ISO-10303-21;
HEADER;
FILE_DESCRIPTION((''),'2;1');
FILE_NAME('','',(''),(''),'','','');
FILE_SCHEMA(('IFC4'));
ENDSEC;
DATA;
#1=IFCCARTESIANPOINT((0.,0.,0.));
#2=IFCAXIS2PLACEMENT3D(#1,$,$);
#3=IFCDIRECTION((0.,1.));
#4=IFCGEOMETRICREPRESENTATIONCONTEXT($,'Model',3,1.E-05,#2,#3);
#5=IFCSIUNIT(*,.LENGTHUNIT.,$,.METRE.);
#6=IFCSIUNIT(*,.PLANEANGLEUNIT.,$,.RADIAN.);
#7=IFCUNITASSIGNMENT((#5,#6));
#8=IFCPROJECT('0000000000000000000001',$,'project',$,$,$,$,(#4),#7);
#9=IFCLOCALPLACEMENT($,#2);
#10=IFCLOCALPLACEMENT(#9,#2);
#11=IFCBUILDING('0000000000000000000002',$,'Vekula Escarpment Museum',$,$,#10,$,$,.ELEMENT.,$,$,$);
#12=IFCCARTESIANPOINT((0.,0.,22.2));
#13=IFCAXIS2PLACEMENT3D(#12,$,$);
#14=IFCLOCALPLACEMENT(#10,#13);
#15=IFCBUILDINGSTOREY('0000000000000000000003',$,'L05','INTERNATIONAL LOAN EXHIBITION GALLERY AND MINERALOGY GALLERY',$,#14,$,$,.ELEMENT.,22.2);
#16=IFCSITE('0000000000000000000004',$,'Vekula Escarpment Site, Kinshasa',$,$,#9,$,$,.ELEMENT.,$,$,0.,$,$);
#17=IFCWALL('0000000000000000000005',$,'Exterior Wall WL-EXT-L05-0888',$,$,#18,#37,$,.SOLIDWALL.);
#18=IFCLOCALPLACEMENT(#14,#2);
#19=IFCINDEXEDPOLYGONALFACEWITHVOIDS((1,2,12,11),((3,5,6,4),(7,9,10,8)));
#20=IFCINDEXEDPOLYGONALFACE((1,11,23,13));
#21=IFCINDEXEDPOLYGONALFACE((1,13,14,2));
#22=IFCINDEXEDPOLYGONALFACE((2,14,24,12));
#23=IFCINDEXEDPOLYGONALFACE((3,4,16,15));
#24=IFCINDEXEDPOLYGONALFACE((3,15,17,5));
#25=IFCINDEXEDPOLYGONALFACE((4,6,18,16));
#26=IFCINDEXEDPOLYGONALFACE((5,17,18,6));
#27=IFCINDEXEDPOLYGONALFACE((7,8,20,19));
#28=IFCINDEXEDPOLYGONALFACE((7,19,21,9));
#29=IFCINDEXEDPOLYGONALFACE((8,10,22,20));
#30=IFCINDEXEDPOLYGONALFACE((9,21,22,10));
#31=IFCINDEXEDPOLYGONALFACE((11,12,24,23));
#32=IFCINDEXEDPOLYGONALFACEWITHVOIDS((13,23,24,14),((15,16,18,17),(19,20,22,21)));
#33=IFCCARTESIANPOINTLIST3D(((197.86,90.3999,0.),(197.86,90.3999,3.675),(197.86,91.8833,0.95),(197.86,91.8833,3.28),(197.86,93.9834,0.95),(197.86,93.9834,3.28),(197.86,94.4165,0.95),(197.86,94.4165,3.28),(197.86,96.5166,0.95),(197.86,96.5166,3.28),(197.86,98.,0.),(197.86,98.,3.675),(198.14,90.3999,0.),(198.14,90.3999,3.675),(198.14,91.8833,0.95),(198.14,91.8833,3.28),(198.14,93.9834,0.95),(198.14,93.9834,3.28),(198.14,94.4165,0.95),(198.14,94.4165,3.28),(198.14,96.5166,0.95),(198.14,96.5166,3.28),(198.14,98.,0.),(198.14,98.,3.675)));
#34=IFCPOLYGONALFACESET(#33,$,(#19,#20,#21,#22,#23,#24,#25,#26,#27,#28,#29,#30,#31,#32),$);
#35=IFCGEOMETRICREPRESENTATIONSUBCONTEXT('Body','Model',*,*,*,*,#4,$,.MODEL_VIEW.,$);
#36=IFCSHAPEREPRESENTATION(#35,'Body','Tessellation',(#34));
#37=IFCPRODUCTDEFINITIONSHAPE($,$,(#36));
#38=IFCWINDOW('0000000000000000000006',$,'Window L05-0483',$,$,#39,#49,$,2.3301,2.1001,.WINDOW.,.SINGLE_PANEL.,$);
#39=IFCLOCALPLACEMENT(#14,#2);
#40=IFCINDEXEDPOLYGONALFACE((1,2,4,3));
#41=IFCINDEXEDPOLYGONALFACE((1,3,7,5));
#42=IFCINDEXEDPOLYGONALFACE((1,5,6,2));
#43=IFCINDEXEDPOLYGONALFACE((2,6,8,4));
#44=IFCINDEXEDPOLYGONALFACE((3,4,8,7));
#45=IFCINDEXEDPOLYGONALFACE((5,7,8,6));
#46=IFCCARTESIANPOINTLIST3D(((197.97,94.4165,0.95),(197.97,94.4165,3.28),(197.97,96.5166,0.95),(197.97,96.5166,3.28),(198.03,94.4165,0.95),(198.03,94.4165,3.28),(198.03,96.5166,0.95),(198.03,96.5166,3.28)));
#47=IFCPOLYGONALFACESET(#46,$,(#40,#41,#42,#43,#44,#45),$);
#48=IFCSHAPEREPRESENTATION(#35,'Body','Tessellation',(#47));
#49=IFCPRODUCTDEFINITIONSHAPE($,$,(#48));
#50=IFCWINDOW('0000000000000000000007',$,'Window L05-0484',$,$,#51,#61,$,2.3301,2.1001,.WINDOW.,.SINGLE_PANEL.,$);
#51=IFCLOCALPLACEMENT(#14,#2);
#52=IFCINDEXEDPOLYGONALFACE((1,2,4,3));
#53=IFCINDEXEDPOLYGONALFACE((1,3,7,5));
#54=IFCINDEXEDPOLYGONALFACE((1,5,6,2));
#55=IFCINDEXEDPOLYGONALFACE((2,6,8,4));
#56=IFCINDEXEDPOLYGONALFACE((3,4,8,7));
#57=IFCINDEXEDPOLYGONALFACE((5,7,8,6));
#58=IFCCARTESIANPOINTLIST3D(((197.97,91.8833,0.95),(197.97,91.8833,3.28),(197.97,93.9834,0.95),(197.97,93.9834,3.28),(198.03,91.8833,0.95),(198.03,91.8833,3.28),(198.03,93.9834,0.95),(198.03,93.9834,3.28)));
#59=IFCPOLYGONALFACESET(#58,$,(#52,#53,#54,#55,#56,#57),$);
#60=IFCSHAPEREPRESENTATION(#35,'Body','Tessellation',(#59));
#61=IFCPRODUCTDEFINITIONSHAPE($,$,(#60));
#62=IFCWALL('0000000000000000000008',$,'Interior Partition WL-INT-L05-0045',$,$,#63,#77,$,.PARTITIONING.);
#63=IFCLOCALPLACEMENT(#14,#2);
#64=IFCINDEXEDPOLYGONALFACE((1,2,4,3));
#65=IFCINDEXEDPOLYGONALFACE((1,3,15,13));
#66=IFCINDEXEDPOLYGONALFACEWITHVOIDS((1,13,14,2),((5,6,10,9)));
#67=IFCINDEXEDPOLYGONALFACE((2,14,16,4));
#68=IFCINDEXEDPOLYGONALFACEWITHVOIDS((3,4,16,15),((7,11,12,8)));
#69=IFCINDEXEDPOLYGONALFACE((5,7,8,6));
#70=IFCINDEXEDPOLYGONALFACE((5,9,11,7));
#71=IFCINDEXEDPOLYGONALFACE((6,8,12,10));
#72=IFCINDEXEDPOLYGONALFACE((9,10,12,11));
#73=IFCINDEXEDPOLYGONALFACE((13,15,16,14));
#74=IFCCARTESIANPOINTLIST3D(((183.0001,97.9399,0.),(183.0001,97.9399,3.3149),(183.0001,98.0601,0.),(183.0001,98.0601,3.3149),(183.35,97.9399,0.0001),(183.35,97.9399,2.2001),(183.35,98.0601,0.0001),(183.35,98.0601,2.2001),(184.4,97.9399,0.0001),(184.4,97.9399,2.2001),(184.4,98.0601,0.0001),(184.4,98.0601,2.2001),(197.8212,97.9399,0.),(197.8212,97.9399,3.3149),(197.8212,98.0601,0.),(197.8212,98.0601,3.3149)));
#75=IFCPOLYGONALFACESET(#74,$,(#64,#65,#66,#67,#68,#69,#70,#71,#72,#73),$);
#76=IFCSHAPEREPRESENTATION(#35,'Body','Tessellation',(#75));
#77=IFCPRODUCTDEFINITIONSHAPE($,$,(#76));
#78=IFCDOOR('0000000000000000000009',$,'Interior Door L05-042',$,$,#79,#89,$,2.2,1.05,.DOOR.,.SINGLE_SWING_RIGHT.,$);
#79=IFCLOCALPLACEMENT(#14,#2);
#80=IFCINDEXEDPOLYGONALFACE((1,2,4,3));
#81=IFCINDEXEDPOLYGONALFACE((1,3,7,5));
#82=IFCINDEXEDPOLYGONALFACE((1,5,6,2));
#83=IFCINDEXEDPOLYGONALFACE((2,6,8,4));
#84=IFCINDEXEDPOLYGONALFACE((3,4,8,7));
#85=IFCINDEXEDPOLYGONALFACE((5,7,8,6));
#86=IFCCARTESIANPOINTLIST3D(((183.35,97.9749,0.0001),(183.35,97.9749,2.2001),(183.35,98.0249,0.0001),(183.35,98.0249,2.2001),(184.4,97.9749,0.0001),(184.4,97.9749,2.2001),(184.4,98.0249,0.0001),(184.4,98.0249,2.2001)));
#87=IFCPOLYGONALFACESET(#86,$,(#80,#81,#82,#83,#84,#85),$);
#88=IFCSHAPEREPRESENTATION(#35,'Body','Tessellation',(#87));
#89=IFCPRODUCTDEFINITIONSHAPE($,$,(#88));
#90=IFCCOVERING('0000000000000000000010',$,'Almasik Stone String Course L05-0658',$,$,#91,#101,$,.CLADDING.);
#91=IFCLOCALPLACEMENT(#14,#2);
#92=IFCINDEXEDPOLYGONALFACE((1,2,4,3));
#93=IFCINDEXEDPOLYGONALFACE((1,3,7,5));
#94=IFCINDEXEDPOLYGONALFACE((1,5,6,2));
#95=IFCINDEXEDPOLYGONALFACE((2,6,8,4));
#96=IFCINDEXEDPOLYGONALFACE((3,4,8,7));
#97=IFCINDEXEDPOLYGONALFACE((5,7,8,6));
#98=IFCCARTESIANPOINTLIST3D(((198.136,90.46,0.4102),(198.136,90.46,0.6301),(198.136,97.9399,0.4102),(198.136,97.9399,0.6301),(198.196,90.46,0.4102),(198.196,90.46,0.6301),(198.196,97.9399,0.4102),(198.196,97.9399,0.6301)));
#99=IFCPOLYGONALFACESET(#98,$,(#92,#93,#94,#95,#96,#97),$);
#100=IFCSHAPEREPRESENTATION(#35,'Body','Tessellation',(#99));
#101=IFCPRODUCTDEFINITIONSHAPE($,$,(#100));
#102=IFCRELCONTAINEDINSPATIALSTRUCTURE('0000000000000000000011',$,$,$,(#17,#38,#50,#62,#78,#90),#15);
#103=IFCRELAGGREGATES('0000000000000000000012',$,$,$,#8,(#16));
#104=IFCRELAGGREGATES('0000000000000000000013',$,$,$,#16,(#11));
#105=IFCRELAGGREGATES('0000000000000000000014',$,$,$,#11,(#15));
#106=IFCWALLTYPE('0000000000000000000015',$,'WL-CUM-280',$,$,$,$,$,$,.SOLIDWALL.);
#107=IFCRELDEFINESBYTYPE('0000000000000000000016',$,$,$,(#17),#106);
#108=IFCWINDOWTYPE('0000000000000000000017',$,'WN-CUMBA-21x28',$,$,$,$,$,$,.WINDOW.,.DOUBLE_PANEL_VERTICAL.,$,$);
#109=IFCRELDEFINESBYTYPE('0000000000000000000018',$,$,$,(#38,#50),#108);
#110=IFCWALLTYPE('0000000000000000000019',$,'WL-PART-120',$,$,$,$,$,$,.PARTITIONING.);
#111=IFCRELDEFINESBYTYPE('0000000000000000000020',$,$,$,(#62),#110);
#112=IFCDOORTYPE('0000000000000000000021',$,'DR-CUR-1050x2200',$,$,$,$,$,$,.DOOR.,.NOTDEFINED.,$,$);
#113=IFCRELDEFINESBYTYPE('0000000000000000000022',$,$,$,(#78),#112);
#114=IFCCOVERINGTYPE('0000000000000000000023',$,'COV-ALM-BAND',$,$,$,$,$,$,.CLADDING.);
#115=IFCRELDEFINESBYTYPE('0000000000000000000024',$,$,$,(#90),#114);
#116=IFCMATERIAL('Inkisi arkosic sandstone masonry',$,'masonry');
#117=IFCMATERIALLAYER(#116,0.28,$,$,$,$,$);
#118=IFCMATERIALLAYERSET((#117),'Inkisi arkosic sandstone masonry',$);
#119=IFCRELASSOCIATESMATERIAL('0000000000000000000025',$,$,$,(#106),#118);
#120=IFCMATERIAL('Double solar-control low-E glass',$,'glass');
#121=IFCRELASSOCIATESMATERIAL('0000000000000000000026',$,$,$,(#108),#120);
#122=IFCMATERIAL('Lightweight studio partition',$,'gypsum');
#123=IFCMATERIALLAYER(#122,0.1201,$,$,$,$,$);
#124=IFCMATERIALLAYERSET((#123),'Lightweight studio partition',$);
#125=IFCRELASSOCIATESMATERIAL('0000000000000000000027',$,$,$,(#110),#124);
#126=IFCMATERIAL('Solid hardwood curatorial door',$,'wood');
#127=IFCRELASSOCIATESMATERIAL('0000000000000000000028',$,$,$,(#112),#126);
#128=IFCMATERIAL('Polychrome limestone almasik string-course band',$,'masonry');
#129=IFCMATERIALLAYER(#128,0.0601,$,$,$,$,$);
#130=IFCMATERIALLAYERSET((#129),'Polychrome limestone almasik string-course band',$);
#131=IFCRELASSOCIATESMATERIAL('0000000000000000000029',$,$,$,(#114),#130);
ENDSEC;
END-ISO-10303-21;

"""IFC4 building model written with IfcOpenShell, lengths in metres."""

from ifc_helpers import new_model, si_unit, direction, frame, frame_2d, origin, origin_2d, place, context, subcontext, project, spatial, rectangle, extrude, material, layer, layer_set, type_object, element, fill, save


model = new_model("IFC4")

# Units and contexts
model_context = context("Model", 3, precision=1e-05, world=origin(), true_north=direction((0.0, 1.0)))
body_context = subcontext(model_context, "Body", "Model", "MODEL_VIEW")
ifc_project = project(units=[si_unit("LENGTHUNIT", "METRE"), si_unit("PLANEANGLEUNIT", "RADIAN")], contexts=[model_context])

# Site, building, storey
site_placement = place(None, origin())
site = spatial("IfcSite", under=ifc_project, at=site_placement, Name="Vekula Escarpment Site, Kinshasa", CompositionType="ELEMENT", RefElevation=0.0)
building_placement = place(site_placement, origin())
building = spatial("IfcBuilding", under=site, at=building_placement, Name="Vekula Escarpment Museum", CompositionType="ELEMENT")
storey_placement = place(building_placement, frame((0.0, 0.0, 22.2)))
storey = spatial("IfcBuildingStorey", under=building, at=storey_placement, Name="L05", Description="INTERNATIONAL LOAN EXHIBITION GALLERY AND MINERALOGY GALLERY", CompositionType="ELEMENT", Elevation=22.2)

# Wall, openings, windows
ifc_material_1 = material(Name="Inkisi arkosic sandstone masonry", Category="masonry")
ifc_layer_1 = layer(ifc_material_1, 0.28)
ifc_layer_set_1 = layer_set([ifc_layer_1], Name="Inkisi arkosic sandstone masonry")
wall_type_1 = type_object("IfcWallType", Name="WL-CUM-280", PredefinedType="SOLIDWALL", material=ifc_layer_set_1)
wall_1_placement = place(storey_placement, frame((198.0, 98.0, 0.0), z_axis=(0.0, 0.0, 1.0), x_axis=(0.0, -1.0, 0.0)))
wall_1 = element("IfcWall", 1, at=wall_1_placement, inside=storey, type_object=wall_type_1, Name="Exterior Wall WL-EXT-L05-0888", PredefinedType="SOLIDWALL", context=body_context, shape_type="SweptSolid", body=[
    extrude(rectangle(XDim=7.6001, YDim=0.28, at=frame_2d((3.8, 0.0))), origin(), (0.0, 0.0, 1.0), 3.675),
])
opening_1_placement = place(wall_1_placement, frame((1.4834, 0.0, 0.95)))
opening_1 = element("IfcOpeningElement", 2, at=opening_1_placement, cuts=wall_1, PredefinedType="OPENING", context=body_context, shape_type="SweptSolid", body=[
    extrude(rectangle(XDim=2.1001, YDim=2.3301, at=frame_2d((1.05, 1.165))), frame((0.0, 0.1499, 0.0), z_axis=(0.0, -1.0, 0.0), x_axis=(1.0, 0.0, 0.0)), (0.0, 0.0, 1.0), 0.3),
])
opening_2_placement = place(wall_1_placement, frame((4.0166, 0.0, 0.95)))
opening_2 = element("IfcOpeningElement", 3, at=opening_2_placement, cuts=wall_1, PredefinedType="OPENING", context=body_context, shape_type="SweptSolid", body=[
    extrude(rectangle(XDim=2.1001, YDim=2.3301, at=frame_2d((1.05, 1.165))), frame((0.0, 0.1499, 0.0), z_axis=(0.0, -1.0, 0.0), x_axis=(1.0, 0.0, 0.0)), (0.0, 0.0, 1.0), 0.3),
])
ifc_material_2 = material(Name="Double solar-control low-E glass", Category="glass")
window_type_1 = type_object("IfcWindowType", Name="WN-CUMBA-21x28", PartitioningType="DOUBLE_PANEL_VERTICAL", PredefinedType="WINDOW", material=ifc_material_2)
window_1_placement = place(opening_1_placement, origin())
window_1 = element("IfcWindow", 4, at=window_1_placement, inside=storey, type_object=window_type_1, Name="Window L05-0483", OverallHeight=2.3301, OverallWidth=2.1001, PartitioningType="SINGLE_PANEL", PredefinedType="WINDOW", context=body_context, shape_type="SweptSolid", body=[
    extrude(rectangle(XDim=2.1001, YDim=2.3301, at=frame_2d((1.05, 1.165))), frame((0.0, 0.03, 0.0), z_axis=(0.0, -1.0, 0.0), x_axis=(1.0, 0.0, 0.0)), (0.0, 0.0, 1.0), 0.0601),
])
fill(opening_1, window_1)
window_2_placement = place(opening_2_placement, origin())
window_2 = element("IfcWindow", 5, at=window_2_placement, inside=storey, type_object=window_type_1, Name="Window L05-0484", OverallHeight=2.3301, OverallWidth=2.1001, PartitioningType="SINGLE_PANEL", PredefinedType="WINDOW", context=body_context, shape_type="SweptSolid", body=[
    extrude(rectangle(XDim=2.1001, YDim=2.3301, at=frame_2d((1.05, 1.165))), frame((0.0, 0.03, 0.0), z_axis=(0.0, -1.0, 0.0), x_axis=(1.0, 0.0, 0.0)), (0.0, 0.0, 1.0), 0.0601),
])
fill(opening_2, window_2)

# Wall, opening, door
ifc_material_3 = material(Name="Lightweight studio partition", Category="gypsum")
ifc_layer_2 = layer(ifc_material_3, 0.1201)
ifc_layer_set_2 = layer_set([ifc_layer_2], Name="Lightweight studio partition")
wall_type_2 = type_object("IfcWallType", Name="WL-PART-120", PredefinedType="PARTITIONING", material=ifc_layer_set_2)
wall_2_placement = place(storey_placement, frame((183.0, 98.0, 0.0), z_axis=(0.0, 0.0, 1.0), x_axis=(1.0, 0.0, 0.0)))
wall_2 = element("IfcWall", 6, at=wall_2_placement, inside=storey, type_object=wall_type_2, Name="Interior Partition WL-INT-L05-0045", PredefinedType="PARTITIONING", context=body_context, shape_type="SweptSolid", body=[
    extrude(rectangle(XDim=14.821, YDim=0.1201, at=frame_2d((7.4106, 0.0))), origin(), (0.0, 0.0, 1.0), 3.3149),
])
opening_3_placement = place(wall_2_placement, frame((0.3501, 0.0, 0.0)))
opening_3 = element("IfcOpeningElement", 7, at=opening_3_placement, cuts=wall_2, PredefinedType="OPENING", context=body_context, shape_type="SweptSolid", body=[
    extrude(rectangle(XDim=1.05, YDim=2.2, at=frame_2d((0.5249, 1.1001))), frame((0.0, 0.0701, 0.0), z_axis=(0.0, -1.0, 0.0), x_axis=(1.0, 0.0, 0.0)), (0.0, 0.0, 1.0), 0.1401),
])
ifc_material_4 = material(Name="Solid hardwood curatorial door", Category="wood")
door_type = type_object("IfcDoorType", Name="DR-CUR-1050x2200", OperationType="NOTDEFINED", PredefinedType="DOOR", material=ifc_material_4)
door_placement = place(opening_3_placement, origin())
door = element("IfcDoor", 8, at=door_placement, inside=storey, type_object=door_type, Name="Interior Door L05-042", OperationType="SINGLE_SWING_RIGHT", OverallHeight=2.2, OverallWidth=1.05, PredefinedType="DOOR", context=body_context, shape_type="SweptSolid", body=[
    extrude(rectangle(XDim=1.05, YDim=2.2, at=frame_2d((0.5249, 1.1001))), frame((0.0, 0.0249, 0.0), z_axis=(0.0, -1.0, 0.0), x_axis=(1.0, 0.0, 0.0)), (0.0, 0.0, 1.0), 0.05),
])
fill(opening_3, door)

# Covering
ifc_material_5 = material(Name="Polychrome limestone almasik string-course band", Category="masonry")
ifc_layer_3 = layer(ifc_material_5, 0.0601)
ifc_layer_set_3 = layer_set([ifc_layer_3], Name="Polychrome limestone almasik string-course band")
covering_type = type_object("IfcCoveringType", Name="COV-ALM-BAND", PredefinedType="CLADDING", material=ifc_layer_set_3)
covering_placement = place(storey_placement, frame((198.166, 94.2, 0.4102), z_axis=(0.0, 0.0, 1.0), x_axis=(0.0, 1.0, 0.0)))
element("IfcCovering", 9, at=covering_placement, inside=storey, type_object=covering_type, Name="Almasik Stone String Course L05-0658", PredefinedType="CLADDING", context=body_context, shape_type="SweptSolid", body=[
    extrude(rectangle(XDim=7.48, YDim=0.0601, at=origin_2d()), origin(), (0.0, 0.0, 1.0), 0.22),
])

save(model, "model.ifc")
